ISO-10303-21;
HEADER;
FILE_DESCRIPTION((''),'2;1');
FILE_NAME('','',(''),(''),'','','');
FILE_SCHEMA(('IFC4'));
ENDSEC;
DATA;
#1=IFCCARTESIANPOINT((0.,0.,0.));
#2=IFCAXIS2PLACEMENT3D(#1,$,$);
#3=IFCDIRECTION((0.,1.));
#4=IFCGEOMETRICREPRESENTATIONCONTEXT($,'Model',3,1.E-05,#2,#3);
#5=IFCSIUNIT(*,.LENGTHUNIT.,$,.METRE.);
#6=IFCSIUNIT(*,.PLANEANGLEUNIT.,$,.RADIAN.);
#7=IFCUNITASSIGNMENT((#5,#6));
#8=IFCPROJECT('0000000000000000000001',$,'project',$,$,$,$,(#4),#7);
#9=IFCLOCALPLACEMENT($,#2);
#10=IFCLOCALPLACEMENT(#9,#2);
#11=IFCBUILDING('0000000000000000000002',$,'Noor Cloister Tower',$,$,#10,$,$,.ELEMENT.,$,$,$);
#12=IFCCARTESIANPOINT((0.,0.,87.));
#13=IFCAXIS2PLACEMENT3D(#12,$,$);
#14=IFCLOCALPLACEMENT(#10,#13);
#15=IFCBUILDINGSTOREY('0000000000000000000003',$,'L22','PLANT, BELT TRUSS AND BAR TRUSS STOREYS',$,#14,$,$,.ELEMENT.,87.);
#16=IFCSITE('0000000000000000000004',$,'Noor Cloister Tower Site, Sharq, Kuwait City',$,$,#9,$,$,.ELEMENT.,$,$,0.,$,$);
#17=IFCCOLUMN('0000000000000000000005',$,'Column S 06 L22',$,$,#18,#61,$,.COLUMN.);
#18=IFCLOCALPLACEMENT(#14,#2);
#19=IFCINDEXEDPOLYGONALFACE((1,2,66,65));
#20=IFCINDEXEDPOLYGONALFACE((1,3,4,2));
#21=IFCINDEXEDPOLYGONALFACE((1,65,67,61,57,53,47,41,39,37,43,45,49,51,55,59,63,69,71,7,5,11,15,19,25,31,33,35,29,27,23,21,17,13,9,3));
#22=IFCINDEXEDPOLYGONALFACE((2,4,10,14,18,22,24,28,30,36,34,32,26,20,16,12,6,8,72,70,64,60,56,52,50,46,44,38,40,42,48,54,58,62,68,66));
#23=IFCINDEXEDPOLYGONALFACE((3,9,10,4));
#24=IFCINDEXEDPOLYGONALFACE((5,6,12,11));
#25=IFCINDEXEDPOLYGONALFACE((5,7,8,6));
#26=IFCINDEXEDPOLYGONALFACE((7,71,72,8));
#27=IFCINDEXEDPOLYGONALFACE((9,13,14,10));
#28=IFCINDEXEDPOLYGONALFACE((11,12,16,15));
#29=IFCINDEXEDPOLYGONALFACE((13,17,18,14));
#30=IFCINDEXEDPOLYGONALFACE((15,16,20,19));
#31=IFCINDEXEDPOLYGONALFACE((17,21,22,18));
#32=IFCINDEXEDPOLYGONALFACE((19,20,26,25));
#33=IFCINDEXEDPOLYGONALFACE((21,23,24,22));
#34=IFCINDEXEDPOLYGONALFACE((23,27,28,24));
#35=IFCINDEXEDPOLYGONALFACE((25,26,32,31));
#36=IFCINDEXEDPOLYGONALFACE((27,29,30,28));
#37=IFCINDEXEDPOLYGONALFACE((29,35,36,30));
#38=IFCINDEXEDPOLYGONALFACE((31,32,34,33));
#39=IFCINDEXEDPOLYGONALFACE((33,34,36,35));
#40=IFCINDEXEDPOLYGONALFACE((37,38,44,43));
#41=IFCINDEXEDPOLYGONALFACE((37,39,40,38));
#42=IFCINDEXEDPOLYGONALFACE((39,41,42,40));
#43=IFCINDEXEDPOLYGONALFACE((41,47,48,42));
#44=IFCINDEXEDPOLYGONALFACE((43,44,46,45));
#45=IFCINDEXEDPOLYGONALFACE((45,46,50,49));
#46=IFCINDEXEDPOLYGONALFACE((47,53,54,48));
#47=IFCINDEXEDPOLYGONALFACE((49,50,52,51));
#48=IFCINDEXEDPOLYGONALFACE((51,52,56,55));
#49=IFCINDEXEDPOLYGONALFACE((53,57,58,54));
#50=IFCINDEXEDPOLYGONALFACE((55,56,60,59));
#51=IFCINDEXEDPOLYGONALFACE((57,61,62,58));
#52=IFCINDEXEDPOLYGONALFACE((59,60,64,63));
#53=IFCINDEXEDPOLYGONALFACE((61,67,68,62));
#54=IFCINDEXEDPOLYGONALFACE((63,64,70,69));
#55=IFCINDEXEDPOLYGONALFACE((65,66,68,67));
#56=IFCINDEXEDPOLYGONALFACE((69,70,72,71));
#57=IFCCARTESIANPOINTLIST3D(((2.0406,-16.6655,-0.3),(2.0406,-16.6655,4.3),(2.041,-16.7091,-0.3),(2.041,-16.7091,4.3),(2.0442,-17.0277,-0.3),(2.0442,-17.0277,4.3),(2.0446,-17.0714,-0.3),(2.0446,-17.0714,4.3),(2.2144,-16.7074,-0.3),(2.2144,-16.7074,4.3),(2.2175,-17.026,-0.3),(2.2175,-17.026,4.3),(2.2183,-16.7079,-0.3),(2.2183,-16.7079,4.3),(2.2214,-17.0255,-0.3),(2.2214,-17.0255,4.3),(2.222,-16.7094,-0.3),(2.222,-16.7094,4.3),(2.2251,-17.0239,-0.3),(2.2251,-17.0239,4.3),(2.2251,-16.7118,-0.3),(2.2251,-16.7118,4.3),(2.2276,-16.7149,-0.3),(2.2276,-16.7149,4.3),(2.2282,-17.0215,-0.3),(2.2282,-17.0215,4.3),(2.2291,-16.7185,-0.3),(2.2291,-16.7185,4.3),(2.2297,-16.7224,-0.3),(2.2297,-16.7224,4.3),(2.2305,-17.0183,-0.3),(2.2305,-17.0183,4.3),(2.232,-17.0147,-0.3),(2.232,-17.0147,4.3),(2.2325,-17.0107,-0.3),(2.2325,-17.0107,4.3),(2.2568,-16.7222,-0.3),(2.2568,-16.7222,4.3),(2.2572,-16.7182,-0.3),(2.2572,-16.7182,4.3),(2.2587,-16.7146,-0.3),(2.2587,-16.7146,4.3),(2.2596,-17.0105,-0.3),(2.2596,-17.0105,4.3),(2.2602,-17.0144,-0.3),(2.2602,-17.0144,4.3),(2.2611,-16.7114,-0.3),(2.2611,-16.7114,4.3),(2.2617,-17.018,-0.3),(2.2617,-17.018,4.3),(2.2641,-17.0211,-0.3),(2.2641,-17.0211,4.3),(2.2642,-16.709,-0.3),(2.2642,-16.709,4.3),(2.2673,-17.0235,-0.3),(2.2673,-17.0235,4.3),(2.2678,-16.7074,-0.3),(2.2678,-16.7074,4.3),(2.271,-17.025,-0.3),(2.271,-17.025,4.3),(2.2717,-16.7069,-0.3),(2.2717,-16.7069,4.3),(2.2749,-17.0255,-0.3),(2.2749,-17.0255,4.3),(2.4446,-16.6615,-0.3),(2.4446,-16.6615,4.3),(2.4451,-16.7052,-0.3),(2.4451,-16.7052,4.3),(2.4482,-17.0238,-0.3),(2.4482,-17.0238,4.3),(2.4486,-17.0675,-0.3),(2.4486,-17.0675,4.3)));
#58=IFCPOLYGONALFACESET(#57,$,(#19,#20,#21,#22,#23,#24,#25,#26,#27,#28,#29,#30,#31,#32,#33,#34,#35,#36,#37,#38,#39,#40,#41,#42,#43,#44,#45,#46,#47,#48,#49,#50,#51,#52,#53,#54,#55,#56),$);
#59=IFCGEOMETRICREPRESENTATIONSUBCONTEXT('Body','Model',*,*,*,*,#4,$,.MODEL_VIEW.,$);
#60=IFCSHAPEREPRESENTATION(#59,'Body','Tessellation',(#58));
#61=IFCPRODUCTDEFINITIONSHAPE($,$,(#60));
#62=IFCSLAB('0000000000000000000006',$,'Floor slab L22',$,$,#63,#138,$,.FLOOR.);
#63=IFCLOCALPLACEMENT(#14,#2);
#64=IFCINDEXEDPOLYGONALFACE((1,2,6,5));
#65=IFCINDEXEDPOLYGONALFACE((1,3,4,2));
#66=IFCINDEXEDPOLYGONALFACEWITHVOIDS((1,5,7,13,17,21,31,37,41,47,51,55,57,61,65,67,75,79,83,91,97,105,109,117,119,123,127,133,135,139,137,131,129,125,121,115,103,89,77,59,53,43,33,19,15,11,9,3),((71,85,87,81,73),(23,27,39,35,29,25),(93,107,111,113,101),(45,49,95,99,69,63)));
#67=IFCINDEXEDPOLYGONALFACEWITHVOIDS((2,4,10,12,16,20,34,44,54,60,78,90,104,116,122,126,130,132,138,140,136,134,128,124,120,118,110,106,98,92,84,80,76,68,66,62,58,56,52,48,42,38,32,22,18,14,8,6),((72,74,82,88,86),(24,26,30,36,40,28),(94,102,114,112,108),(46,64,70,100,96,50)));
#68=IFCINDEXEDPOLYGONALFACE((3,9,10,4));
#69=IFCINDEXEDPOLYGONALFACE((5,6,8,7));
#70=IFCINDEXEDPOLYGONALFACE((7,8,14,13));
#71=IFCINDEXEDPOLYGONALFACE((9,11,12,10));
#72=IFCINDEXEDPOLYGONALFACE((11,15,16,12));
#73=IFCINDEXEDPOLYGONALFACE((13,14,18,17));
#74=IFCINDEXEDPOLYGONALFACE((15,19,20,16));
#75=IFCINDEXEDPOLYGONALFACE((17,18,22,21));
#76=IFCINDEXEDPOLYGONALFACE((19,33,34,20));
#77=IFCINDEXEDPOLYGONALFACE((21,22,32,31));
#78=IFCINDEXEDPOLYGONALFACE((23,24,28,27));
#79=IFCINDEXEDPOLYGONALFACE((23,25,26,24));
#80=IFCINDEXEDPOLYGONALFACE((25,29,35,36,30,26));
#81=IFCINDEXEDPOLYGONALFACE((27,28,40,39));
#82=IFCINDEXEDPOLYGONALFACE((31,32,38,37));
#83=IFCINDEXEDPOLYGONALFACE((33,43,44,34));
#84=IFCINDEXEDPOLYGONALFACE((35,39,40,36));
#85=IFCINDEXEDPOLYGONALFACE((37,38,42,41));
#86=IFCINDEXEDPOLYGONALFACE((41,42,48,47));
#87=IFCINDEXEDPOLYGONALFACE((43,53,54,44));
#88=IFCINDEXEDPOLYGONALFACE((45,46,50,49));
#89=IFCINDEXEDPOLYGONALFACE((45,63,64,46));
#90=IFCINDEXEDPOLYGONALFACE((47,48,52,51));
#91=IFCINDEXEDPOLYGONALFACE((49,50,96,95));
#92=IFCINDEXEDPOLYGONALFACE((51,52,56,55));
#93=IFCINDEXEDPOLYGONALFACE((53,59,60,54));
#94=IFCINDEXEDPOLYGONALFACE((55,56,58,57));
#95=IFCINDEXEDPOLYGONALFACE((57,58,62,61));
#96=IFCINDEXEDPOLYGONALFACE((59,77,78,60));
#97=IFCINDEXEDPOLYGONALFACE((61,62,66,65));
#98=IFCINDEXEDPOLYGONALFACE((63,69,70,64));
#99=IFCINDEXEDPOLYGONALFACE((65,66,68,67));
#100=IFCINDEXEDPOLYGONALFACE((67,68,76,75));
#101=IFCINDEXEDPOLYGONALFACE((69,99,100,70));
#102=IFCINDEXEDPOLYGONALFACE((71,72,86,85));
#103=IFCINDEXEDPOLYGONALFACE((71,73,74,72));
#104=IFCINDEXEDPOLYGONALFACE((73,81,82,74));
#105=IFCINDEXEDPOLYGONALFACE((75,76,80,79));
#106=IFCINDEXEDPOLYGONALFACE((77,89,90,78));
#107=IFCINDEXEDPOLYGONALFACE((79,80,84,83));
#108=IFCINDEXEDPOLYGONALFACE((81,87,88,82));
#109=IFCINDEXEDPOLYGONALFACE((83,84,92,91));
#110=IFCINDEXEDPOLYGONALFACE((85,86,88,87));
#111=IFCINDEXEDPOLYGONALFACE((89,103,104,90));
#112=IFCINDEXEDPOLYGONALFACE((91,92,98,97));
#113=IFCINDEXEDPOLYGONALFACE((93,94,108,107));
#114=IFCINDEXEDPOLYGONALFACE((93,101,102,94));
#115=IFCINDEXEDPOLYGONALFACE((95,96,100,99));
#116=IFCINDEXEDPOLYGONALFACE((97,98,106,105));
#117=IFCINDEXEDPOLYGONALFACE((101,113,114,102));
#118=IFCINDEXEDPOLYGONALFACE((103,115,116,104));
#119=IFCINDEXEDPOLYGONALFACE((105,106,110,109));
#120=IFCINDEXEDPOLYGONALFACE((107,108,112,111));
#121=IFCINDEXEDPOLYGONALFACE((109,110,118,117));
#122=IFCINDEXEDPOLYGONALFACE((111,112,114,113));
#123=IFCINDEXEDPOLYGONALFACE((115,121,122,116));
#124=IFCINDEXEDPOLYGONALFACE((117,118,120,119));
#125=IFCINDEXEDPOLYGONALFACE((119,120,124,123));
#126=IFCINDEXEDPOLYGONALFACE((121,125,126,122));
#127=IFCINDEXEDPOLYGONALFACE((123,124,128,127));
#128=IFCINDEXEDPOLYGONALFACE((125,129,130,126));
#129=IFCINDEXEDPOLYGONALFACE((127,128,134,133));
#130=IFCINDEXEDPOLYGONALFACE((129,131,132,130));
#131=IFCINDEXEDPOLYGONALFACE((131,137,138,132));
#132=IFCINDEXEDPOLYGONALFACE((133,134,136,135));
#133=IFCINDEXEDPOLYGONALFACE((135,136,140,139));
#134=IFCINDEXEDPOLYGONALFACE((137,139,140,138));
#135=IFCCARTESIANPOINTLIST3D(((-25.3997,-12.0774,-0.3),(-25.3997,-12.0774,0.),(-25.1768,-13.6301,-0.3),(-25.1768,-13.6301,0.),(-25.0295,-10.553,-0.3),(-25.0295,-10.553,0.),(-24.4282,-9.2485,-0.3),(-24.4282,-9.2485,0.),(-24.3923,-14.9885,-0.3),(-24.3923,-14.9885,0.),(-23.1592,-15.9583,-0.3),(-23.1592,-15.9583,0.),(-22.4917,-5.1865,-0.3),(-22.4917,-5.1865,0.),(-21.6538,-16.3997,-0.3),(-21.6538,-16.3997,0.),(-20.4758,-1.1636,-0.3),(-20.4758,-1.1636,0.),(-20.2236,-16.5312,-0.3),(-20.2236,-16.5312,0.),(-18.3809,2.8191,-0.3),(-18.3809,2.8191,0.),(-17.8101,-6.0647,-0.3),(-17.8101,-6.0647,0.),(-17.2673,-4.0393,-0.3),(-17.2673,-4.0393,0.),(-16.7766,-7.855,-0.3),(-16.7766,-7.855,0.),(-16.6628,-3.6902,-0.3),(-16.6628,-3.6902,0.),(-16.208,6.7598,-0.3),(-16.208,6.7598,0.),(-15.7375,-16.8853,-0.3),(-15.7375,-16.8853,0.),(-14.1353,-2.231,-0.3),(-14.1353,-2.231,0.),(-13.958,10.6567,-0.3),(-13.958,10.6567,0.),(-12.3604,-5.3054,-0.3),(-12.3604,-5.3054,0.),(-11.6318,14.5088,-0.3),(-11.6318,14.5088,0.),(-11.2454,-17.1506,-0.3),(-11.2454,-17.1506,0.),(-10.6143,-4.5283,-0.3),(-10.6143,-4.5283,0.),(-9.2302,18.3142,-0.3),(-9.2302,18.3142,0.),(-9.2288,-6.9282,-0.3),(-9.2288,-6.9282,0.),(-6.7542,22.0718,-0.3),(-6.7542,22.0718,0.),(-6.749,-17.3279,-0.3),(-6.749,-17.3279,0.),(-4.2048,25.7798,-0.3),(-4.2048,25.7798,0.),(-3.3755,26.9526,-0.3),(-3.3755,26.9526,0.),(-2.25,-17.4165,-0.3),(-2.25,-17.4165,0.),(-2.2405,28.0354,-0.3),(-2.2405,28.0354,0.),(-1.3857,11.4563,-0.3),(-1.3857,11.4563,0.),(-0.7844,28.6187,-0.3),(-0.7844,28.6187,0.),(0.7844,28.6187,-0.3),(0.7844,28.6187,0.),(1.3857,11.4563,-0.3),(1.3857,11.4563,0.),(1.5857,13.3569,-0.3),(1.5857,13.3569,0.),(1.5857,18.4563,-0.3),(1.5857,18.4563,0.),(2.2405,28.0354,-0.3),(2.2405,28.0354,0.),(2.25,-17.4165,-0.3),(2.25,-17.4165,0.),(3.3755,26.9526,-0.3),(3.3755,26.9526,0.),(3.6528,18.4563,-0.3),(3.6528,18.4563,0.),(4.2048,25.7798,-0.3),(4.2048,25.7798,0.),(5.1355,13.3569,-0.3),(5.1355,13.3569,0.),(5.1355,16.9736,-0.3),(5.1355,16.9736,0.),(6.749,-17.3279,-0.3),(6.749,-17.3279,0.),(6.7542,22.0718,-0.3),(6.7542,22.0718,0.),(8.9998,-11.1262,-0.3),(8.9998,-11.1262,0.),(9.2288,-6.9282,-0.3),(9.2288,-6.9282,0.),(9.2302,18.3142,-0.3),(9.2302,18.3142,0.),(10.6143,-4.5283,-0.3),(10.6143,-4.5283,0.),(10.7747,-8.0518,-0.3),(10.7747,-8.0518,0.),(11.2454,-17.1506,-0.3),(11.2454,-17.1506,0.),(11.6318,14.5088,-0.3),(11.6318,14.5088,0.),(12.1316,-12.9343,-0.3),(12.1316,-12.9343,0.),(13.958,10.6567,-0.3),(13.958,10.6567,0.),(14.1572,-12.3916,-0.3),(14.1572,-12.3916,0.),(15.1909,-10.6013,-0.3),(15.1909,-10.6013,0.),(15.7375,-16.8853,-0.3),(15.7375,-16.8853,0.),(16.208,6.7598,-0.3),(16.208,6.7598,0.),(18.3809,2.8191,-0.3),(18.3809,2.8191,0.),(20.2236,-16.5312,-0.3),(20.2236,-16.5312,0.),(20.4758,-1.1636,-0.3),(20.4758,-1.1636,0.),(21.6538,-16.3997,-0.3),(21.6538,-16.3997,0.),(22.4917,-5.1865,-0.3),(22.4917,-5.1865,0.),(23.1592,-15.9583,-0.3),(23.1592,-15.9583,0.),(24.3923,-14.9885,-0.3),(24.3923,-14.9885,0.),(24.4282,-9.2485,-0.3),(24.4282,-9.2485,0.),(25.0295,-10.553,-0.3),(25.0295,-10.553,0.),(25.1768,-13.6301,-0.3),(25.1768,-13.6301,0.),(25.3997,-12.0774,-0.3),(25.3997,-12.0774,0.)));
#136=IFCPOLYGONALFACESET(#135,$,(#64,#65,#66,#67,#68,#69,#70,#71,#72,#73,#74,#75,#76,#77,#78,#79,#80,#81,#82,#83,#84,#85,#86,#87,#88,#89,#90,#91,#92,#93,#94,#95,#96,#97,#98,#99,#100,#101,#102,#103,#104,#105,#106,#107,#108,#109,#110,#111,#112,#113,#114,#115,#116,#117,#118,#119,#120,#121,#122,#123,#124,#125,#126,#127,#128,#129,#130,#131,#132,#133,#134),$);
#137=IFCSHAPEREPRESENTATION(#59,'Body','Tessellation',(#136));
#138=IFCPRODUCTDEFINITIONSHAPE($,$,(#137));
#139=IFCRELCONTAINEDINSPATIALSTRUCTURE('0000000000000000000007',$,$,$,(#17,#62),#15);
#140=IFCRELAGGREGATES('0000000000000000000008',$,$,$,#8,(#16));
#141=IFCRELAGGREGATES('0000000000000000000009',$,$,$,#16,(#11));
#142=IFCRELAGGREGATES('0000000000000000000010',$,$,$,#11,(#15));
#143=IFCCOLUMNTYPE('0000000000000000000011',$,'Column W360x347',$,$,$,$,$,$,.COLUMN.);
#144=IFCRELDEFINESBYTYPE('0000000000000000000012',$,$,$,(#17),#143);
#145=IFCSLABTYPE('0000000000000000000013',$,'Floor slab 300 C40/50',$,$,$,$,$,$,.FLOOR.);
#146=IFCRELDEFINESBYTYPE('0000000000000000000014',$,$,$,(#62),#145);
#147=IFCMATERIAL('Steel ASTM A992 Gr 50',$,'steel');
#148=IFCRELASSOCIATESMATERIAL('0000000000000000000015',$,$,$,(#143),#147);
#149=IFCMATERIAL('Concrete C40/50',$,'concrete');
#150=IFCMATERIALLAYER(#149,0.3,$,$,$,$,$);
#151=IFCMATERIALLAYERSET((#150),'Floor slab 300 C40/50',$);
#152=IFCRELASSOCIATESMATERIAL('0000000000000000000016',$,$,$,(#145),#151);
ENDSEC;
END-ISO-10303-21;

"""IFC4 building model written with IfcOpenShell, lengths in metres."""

from ifc_helpers import new_model, si_unit, direction, frame, origin, origin_2d, place, context, subcontext, project, spatial, polyline, i_section, outline, extrude, material, layer, layer_set, material_profile, profile_set, type_object, element, save


model = new_model("IFC4")

# Units and contexts
model_context = context("Model", 3, precision=1e-05, world=origin(), true_north=direction((0.0, 1.0)))
body_context = subcontext(model_context, "Body", "Model", "MODEL_VIEW")
ifc_project = project(units=[si_unit("LENGTHUNIT", "METRE"), si_unit("PLANEANGLEUNIT", "RADIAN")], contexts=[model_context])

# Site, building, storey
site_placement = place(None, origin())
site = spatial("IfcSite", under=ifc_project, at=site_placement, Name="Noor Cloister Tower Site, Sharq, Kuwait City", CompositionType="ELEMENT", RefElevation=0.0)
building_placement = place(site_placement, origin())
building = spatial("IfcBuilding", under=site, at=building_placement, Name="Noor Cloister Tower", CompositionType="ELEMENT")
storey_placement = place(building_placement, frame((0.0, 0.0, 87.0)))
storey = spatial("IfcBuildingStorey", under=building, at=storey_placement, Name="L22", Description="PLANT, BELT TRUSS AND BAR TRUSS STOREYS", CompositionType="ELEMENT", Elevation=87.0)

# Column
ifc_material_1 = material(Name="Steel ASTM A992 Gr 50", Category="steel")
ifc_material_profile = material_profile(ifc_material_1, i_section(OverallWidth=0.4041, OverallDepth=0.406, WebThickness=0.0271, FlangeThickness=0.0437, FilletRadius=0.0151, at=origin_2d()), Name="W360x347")
ifc_profile_set = profile_set([ifc_material_profile], Name="Steel ASTM A992 Gr 50")
column_type = type_object("IfcColumnType", Name="Column W360x347", PredefinedType="COLUMN", material=ifc_profile_set)
column_placement = place(storey_placement, frame((2.2446, -16.8665, -0.3), z_axis=(0.0, 0.0, 1.0), x_axis=(0.999952, 0.009841, 0.0)))
element("IfcColumn", 1, at=column_placement, inside=storey, type_object=column_type, Name="Column S 06 L22", PredefinedType="COLUMN", context=body_context, shape_type="SweptSolid", body=[
    extrude(i_section(OverallWidth=0.4041, OverallDepth=0.406, WebThickness=0.0271, FlangeThickness=0.0437, FilletRadius=0.0151, at=origin_2d()), origin(), (0.0, 0.0, 1.0), 4.6001),
])

# Slab
ifc_material_2 = material(Name="Concrete C40/50", Category="concrete")
ifc_layer_1 = layer(ifc_material_2, 0.3)
ifc_layer_set_1 = layer_set([ifc_layer_1], Name="Floor slab 300 C40/50")
slab_type_1 = type_object("IfcSlabType", Name="Floor slab 300 C40/50", PredefinedType="FLOOR", material=ifc_layer_set_1)
slab_1_placement = place(storey_placement, frame((0.0, 0.0, -0.3)))
element("IfcSlab", 2, at=slab_1_placement, inside=storey, type_object=slab_type_1, Name="Floor slab L22", PredefinedType="FLOOR", context=body_context, shape_type="SweptSolid", body=[
    extrude(outline(polyline([(3.3755, 26.9526), (2.2405, 28.0354), (0.7844, 28.6187), (-0.7844, 28.6187), (-2.2405, 28.0354), (-3.3755, 26.9526), (-4.2048, 25.7798), (-6.7542, 22.0718), (-9.2302, 18.3142), (-11.6318, 14.5088), (-13.958, 10.6567), (-16.208, 6.7598), (-18.3809, 2.8191), (-20.4758, -1.1636), (-22.4917, -5.1865), (-24.4282, -9.2485), (-25.0295, -10.553), (-25.3997, -12.0774), (-25.1768, -13.6301), (-24.3923, -14.9885), (-23.1592, -15.9583), (-21.6538, -16.3997), (-20.2236, -16.5312), (-15.7375, -16.8853), (-11.2454, -17.1506), (-6.749, -17.3279), (-2.25, -17.4165), (2.25, -17.4165), (6.749, -17.3279), (11.2454, -17.1506), (15.7375, -16.8853), (20.2236, -16.5312), (21.6538, -16.3997), (23.1592, -15.9583), (24.3923, -14.9885), (25.1768, -13.6301), (25.3997, -12.0774), (25.0295, -10.553), (24.4282, -9.2485), (22.4917, -5.1865), (20.4758, -1.1636), (18.3809, 2.8191), (16.208, 6.7598), (13.958, 10.6567), (11.6318, 14.5088), (9.2302, 18.3142), (6.7542, 22.0718), (4.2048, 25.7798), (3.3755, 26.9526)]), holes=[polyline([(8.9998, -11.1262), (12.1316, -12.9343), (14.1572, -12.3916), (15.1909, -10.6013), (10.7747, -8.0518), (8.9998, -11.1262)]), polyline([(-17.8101, -6.0647), (-16.7766, -7.855), (-12.3604, -5.3054), (-14.1353, -2.231), (-16.6628, -3.6902), (-17.2673, -4.0393), (-17.8101, -6.0647)]), polyline([(-10.6143, -4.5283), (-9.2288, -6.9282), (9.2288, -6.9282), (10.6143, -4.5283), (1.3857, 11.4563), (-1.3857, 11.4563), (-10.6143, -4.5283)]), polyline([(3.6528, 18.4563), (1.5857, 18.4563), (1.5857, 13.3569), (5.1355, 13.3569), (5.1355, 16.9736), (3.6528, 18.4563)])]), origin(), (0.0, 0.0, 1.0), 0.3),
])

save(model, "model.ifc")
